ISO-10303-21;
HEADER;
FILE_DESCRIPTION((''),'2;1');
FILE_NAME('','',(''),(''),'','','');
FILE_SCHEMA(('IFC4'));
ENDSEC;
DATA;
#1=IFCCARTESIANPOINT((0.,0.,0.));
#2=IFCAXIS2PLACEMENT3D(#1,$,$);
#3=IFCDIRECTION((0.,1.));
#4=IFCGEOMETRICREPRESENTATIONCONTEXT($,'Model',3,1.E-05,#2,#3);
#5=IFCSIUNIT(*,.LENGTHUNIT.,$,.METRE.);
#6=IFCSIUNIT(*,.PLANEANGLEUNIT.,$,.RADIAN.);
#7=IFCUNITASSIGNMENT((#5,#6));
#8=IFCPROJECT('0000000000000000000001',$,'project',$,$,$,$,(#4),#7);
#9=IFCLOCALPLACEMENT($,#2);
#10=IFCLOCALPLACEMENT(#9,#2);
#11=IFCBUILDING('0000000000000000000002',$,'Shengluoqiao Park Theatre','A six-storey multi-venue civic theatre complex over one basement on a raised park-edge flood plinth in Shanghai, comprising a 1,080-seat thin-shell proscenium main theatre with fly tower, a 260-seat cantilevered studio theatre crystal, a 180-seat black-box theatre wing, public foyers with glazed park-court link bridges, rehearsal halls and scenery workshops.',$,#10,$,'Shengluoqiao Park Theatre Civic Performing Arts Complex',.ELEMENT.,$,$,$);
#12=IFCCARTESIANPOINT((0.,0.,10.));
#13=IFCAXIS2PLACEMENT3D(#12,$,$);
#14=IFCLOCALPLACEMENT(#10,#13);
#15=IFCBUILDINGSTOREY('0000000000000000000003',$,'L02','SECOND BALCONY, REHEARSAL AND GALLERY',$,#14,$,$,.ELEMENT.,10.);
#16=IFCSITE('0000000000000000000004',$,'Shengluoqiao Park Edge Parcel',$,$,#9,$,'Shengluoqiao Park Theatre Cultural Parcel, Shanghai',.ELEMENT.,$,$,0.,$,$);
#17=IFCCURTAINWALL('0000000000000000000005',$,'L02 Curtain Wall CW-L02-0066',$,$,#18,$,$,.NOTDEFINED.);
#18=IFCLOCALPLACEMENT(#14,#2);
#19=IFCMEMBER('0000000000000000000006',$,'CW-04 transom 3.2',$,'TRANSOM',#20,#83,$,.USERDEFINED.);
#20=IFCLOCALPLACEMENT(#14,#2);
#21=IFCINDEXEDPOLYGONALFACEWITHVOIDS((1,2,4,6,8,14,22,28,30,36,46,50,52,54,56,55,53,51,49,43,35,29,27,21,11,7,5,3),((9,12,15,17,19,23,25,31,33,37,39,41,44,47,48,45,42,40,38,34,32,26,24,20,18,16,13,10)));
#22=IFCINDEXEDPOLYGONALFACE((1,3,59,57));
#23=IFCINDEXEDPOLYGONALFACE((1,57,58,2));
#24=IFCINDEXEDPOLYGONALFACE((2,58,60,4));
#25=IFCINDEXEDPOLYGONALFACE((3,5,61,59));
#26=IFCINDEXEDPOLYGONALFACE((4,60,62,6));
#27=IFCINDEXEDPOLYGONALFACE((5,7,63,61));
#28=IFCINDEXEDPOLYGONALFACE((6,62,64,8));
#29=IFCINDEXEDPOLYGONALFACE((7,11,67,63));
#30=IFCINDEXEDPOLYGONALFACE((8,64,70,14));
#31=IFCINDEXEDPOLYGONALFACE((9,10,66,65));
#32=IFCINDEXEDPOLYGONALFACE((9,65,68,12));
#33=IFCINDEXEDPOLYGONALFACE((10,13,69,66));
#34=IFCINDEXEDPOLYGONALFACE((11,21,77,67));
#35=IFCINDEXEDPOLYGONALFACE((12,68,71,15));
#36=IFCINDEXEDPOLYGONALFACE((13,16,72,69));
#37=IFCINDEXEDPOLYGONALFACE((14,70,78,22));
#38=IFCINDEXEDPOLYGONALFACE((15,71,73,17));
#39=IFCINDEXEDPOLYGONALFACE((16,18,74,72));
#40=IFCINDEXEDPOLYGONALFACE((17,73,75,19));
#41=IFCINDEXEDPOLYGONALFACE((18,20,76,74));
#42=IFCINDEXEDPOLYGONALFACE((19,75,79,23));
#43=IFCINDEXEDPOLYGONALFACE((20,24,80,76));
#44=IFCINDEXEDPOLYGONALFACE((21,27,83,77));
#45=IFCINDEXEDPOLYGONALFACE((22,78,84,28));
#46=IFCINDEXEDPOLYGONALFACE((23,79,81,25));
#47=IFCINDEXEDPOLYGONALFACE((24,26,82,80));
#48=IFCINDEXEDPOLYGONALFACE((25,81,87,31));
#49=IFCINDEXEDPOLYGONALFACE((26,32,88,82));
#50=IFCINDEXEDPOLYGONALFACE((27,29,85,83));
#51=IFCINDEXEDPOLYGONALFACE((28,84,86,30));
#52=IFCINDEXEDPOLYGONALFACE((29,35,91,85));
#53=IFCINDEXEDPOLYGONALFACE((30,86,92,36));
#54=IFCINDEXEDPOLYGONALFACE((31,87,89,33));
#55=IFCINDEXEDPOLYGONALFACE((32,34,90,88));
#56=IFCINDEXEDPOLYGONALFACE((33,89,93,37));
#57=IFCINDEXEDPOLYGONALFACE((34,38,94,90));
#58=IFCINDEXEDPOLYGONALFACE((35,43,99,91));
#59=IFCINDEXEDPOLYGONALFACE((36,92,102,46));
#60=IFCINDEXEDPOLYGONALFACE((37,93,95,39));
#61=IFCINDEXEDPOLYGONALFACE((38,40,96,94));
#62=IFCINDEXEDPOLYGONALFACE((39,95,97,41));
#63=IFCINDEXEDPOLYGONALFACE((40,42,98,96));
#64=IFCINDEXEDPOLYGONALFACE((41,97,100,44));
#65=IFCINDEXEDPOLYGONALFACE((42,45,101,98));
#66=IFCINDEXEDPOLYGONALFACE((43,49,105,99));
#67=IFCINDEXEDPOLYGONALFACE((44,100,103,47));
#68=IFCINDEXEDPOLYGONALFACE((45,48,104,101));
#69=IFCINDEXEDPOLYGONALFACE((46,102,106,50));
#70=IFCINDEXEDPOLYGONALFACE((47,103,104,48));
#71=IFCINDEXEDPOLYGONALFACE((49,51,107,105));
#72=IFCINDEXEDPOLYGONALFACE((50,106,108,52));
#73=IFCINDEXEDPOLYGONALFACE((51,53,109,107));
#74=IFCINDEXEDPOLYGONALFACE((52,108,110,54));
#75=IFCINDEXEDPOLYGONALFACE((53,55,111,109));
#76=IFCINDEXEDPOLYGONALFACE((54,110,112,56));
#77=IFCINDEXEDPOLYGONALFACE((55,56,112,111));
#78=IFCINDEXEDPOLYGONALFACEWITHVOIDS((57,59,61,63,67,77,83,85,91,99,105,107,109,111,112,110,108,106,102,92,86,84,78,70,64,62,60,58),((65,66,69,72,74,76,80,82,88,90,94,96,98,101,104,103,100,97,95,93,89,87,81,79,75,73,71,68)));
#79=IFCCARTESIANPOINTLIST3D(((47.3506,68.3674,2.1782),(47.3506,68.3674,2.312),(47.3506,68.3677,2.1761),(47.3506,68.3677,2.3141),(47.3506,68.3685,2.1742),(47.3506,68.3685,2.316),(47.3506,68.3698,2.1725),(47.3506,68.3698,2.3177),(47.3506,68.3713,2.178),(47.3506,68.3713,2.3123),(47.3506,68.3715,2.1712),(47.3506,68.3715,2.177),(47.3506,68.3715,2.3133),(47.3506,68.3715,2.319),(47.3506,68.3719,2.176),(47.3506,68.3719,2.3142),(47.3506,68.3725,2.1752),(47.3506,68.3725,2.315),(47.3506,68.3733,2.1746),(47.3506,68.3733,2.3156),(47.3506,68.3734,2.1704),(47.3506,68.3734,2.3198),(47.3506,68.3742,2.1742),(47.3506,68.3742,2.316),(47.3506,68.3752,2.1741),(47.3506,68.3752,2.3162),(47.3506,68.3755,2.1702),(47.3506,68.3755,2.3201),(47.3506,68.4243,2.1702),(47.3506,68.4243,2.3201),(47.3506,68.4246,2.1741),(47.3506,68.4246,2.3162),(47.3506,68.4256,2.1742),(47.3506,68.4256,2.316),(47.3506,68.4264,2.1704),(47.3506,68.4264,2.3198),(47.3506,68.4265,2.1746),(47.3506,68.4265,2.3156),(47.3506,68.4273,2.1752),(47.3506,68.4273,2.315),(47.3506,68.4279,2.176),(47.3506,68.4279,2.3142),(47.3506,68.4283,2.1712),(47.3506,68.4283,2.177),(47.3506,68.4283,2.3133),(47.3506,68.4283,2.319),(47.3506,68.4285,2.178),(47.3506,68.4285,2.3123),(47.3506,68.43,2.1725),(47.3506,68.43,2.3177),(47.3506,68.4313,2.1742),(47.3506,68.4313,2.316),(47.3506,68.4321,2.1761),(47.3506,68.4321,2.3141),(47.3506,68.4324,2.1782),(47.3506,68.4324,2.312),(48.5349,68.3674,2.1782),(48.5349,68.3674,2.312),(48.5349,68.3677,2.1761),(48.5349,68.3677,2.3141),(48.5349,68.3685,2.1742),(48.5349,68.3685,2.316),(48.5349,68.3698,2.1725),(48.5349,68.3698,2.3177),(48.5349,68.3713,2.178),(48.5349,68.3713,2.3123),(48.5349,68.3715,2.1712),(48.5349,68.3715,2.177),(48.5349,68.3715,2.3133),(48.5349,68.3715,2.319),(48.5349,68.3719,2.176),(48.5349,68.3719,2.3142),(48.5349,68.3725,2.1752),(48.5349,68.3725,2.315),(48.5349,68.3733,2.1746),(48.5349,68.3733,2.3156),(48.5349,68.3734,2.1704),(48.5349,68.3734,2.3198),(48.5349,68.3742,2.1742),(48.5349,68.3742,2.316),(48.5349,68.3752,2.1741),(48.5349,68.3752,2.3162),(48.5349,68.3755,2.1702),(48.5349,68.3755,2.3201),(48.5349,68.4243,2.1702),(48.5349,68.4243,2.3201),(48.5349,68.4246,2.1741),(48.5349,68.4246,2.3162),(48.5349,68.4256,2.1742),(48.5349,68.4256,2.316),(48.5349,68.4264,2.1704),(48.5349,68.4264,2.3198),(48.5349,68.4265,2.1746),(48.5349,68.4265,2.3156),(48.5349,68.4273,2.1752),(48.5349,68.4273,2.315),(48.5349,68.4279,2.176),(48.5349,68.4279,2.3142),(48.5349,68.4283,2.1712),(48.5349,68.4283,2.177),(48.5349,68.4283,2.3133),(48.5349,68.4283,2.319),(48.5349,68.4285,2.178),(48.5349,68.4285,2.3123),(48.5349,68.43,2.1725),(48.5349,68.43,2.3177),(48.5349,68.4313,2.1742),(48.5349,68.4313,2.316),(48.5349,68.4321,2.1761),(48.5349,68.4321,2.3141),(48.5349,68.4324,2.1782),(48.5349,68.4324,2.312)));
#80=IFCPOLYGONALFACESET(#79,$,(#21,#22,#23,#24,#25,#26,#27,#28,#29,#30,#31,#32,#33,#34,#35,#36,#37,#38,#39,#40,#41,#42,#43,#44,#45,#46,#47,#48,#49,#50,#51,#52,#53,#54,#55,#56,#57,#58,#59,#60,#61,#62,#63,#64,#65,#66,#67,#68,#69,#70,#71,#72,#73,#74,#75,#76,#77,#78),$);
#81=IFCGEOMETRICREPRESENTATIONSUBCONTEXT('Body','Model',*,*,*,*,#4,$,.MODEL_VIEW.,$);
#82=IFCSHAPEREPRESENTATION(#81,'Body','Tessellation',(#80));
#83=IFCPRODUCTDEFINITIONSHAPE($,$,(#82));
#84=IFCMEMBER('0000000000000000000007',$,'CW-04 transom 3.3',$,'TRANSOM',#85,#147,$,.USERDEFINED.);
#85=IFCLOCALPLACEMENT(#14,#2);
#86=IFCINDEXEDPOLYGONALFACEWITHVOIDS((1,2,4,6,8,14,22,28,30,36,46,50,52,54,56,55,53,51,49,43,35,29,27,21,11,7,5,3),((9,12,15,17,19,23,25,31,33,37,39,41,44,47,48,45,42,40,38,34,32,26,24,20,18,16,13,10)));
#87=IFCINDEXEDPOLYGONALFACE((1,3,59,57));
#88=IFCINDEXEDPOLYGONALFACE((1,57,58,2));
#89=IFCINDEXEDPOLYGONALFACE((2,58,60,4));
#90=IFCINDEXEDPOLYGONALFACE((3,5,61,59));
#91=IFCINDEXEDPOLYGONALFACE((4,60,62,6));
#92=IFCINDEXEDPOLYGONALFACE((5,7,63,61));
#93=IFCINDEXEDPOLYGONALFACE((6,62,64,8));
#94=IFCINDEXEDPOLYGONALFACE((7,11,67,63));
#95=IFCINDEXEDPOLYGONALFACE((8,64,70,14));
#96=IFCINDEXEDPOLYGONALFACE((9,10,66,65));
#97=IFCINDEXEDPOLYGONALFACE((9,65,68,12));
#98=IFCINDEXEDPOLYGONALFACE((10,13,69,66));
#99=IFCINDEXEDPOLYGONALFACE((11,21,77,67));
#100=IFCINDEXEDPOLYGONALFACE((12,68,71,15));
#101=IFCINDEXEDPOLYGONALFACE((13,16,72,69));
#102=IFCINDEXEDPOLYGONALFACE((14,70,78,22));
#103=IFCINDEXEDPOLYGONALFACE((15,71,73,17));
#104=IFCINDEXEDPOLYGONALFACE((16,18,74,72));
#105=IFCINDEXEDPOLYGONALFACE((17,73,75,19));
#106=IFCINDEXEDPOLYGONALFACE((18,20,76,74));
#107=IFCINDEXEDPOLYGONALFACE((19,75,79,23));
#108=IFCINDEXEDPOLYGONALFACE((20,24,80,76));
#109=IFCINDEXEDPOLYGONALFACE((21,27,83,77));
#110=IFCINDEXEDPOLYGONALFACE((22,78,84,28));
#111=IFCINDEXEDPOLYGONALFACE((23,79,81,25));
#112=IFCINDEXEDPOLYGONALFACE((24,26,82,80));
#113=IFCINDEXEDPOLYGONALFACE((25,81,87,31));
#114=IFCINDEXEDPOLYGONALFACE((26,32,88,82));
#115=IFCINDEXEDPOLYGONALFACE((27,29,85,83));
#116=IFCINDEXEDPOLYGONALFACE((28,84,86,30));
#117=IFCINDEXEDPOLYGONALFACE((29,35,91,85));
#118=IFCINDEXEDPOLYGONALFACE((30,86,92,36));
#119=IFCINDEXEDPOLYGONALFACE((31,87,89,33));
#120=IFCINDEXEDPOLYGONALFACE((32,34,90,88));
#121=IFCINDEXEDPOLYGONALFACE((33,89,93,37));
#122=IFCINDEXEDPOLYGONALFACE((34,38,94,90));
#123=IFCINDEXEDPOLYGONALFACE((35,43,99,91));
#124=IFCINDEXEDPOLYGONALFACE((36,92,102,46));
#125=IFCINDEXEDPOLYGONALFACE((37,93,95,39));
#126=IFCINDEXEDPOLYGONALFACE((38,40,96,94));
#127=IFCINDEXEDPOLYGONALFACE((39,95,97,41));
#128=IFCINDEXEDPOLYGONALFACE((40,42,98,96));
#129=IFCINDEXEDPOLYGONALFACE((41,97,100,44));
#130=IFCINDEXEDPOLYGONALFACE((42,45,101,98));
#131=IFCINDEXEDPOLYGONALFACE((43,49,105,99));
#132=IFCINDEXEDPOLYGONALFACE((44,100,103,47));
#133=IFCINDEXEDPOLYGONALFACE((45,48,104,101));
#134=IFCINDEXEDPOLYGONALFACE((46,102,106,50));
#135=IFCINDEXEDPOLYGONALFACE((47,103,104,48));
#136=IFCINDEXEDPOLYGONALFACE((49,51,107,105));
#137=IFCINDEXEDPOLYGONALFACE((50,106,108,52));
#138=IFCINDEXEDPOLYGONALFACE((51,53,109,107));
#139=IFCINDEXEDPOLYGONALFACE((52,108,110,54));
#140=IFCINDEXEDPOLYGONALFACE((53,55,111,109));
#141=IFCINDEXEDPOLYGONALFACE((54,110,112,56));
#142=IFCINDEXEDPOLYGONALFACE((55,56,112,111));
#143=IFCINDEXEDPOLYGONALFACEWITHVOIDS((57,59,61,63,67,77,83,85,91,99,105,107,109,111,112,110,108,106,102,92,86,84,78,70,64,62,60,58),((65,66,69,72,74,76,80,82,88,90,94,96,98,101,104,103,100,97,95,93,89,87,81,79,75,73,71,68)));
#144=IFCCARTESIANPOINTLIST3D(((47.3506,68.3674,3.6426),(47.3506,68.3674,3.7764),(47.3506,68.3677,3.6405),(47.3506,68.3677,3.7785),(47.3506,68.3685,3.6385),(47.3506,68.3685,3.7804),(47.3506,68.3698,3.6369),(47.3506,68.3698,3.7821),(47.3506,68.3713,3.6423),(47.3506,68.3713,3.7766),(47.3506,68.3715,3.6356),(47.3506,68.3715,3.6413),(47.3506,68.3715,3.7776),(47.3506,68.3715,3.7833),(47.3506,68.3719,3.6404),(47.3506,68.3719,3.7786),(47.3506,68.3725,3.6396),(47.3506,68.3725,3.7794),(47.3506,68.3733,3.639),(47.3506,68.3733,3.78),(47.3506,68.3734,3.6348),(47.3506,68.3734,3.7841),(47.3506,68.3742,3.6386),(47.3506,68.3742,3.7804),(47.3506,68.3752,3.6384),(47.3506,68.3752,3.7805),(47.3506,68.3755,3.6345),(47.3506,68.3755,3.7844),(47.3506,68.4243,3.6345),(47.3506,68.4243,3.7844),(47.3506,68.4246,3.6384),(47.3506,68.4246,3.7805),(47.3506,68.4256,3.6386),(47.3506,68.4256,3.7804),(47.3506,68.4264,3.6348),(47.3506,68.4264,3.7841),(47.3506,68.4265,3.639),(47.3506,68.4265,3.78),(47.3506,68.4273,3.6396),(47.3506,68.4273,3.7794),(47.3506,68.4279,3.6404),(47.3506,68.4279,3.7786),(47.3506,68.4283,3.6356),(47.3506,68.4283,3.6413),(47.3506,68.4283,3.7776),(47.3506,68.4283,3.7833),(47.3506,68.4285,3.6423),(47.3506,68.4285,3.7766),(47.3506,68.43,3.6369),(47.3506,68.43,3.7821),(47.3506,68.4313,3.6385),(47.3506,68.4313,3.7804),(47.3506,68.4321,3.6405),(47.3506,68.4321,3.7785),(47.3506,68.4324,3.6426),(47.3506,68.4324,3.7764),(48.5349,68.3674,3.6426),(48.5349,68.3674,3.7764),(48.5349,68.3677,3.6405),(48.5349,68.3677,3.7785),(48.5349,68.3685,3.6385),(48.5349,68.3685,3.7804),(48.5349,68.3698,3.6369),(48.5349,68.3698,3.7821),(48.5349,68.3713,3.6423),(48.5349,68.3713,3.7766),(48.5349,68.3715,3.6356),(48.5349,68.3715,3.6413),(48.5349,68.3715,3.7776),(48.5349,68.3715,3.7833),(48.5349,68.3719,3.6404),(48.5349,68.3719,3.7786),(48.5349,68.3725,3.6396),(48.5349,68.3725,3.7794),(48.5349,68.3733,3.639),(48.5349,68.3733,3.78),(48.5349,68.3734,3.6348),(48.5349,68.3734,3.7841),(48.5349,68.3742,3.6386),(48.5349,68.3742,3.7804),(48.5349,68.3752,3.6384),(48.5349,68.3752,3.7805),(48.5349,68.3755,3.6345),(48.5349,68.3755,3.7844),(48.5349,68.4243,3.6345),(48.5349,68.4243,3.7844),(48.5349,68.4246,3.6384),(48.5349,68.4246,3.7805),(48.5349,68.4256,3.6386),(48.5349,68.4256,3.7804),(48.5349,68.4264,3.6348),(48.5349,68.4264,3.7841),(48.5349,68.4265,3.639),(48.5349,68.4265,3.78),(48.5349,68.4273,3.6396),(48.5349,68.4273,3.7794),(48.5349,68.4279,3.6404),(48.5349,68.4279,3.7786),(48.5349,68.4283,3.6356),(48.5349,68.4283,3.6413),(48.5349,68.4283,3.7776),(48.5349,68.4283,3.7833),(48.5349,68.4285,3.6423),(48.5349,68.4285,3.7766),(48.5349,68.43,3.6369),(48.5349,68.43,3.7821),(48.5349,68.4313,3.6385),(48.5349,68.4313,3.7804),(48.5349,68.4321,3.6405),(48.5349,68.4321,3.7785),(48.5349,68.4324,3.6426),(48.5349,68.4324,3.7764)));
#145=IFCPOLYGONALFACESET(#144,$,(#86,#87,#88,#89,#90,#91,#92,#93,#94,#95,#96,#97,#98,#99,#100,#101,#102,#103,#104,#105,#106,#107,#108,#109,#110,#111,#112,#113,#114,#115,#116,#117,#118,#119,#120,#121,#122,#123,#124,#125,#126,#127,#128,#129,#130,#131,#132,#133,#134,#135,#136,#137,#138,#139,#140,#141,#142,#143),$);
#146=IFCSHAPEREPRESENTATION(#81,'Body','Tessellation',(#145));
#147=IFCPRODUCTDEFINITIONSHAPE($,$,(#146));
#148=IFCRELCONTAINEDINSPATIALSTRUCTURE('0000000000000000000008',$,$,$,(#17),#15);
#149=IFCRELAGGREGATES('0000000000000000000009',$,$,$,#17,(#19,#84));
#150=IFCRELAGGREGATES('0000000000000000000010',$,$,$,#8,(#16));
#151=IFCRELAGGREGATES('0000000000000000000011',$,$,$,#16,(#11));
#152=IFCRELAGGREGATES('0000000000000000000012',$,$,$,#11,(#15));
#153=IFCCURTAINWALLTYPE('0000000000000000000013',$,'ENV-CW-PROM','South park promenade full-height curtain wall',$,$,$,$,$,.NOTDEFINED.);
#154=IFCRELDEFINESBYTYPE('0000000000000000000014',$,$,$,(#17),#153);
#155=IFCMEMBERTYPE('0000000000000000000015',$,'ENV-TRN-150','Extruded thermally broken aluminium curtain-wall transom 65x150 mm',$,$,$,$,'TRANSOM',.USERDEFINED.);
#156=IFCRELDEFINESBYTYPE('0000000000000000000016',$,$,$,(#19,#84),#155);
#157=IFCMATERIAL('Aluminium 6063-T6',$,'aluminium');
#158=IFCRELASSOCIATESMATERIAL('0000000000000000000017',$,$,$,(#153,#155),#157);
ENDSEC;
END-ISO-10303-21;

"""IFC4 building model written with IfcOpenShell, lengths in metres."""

from ifc_helpers import new_model, si_unit, direction, frame, origin, origin_2d, place, context, subcontext, project, spatial, hollow_rectangle, extrude, material, material_profile, profile_set, type_object, element, aggregate, save


model = new_model("IFC4")

# Units and contexts
model_context = context("Model", 3, precision=1e-05, world=origin(), true_north=direction((0.0, 1.0)))
body_context = subcontext(model_context, "Body", "Model", "MODEL_VIEW")
ifc_project = project(units=[si_unit("LENGTHUNIT", "METRE"), si_unit("PLANEANGLEUNIT", "RADIAN")], contexts=[model_context])

# Site, building, storey
site_placement = place(None, origin())
site = spatial("IfcSite", under=ifc_project, at=site_placement, Name="Shengluoqiao Park Edge Parcel", LongName="Shengluoqiao Park Theatre Cultural Parcel, Shanghai", CompositionType="ELEMENT", RefElevation=0.0)
building_placement = place(site_placement, origin())
building = spatial("IfcBuilding", under=site, at=building_placement, Name="Shengluoqiao Park Theatre", Description="A six-storey multi-venue civic theatre complex over one basement on a raised park-edge flood plinth in Shanghai, comprising a 1,080-seat thin-shell proscenium main theatre with fly tower, a 260-seat cantilevered studio theatre crystal, a 180-seat black-box theatre wing, public foyers with glazed park-court link bridges, rehearsal halls and scenery workshops.", LongName="Shengluoqiao Park Theatre Civic Performing Arts Complex", CompositionType="ELEMENT")
storey_placement = place(building_placement, frame((0.0, 0.0, 10.0)))
storey = spatial("IfcBuildingStorey", under=building, at=storey_placement, Name="L02", Description="SECOND BALCONY, REHEARSAL AND GALLERY", CompositionType="ELEMENT", Elevation=10.0)

# Curtain wall
ifc_material_1 = material(Name="Aluminium 6063-T6", Category="aluminium")
curtain_wall_type = type_object("IfcCurtainWallType", Name="ENV-CW-PROM", Description="South park promenade full-height curtain wall", PredefinedType="NOTDEFINED", material=ifc_material_1)
curtain_wall_1_placement = place(storey_placement, origin())
curtain_wall_1 = element("IfcCurtainWall", 1, at=curtain_wall_1_placement, inside=storey, type_object=curtain_wall_type, Name="L02 Curtain Wall CW-L02-0066", PredefinedType="NOTDEFINED")

# Members
ifc_material_profile_1 = material_profile(ifc_material_1, hollow_rectangle(XDim=0.0649, YDim=0.1499, WallThickness=0.0039, InnerFilletRadius=0.0039, OuterFilletRadius=0.0081, at=origin_2d()), Name="ALU TRANSOM 150x65x4")
ifc_profile_set_1 = profile_set([ifc_material_profile_1], Name="Aluminium 6063-T6")
member_type_1 = type_object("IfcMemberType", Name="ENV-TRN-150", Description="Extruded thermally broken aluminium curtain-wall transom 65x150 mm", ElementType="TRANSOM", PredefinedType="USERDEFINED", material=ifc_profile_set_1)
member_1_placement = place(storey_placement, frame((47.3506, 68.3999, 2.2451), z_axis=(1.0, 0.0, 0.0), x_axis=(0.0, 1.0, 0.0)))
member_1 = element("IfcMember", 2, at=member_1_placement, type_object=member_type_1, Name="CW-04 transom 3.2", ObjectType="TRANSOM", PredefinedType="USERDEFINED", context=body_context, shape_type="SweptSolid", body=[
    extrude(hollow_rectangle(XDim=0.0649, YDim=0.1499, WallThickness=0.0039, InnerFilletRadius=0.0039, OuterFilletRadius=0.0081, at=origin_2d()), origin(), (0.0, 0.0, 1.0), 1.1843),
])
member_2_placement = place(storey_placement, frame((47.3506, 68.3999, 3.7095), z_axis=(1.0, 0.0, 0.0), x_axis=(0.0, 1.0, 0.0)))
member_2 = element("IfcMember", 3, at=member_2_placement, type_object=member_type_1, Name="CW-04 transom 3.3", ObjectType="TRANSOM", PredefinedType="USERDEFINED", context=body_context, shape_type="SweptSolid", body=[
    extrude(hollow_rectangle(XDim=0.0649, YDim=0.1499, WallThickness=0.0039, InnerFilletRadius=0.0039, OuterFilletRadius=0.0081, at=origin_2d()), origin(), (0.0, 0.0, 1.0), 1.1843),
])

aggregate(curtain_wall_1, [member_1, member_2])

save(model, "model.ifc")
